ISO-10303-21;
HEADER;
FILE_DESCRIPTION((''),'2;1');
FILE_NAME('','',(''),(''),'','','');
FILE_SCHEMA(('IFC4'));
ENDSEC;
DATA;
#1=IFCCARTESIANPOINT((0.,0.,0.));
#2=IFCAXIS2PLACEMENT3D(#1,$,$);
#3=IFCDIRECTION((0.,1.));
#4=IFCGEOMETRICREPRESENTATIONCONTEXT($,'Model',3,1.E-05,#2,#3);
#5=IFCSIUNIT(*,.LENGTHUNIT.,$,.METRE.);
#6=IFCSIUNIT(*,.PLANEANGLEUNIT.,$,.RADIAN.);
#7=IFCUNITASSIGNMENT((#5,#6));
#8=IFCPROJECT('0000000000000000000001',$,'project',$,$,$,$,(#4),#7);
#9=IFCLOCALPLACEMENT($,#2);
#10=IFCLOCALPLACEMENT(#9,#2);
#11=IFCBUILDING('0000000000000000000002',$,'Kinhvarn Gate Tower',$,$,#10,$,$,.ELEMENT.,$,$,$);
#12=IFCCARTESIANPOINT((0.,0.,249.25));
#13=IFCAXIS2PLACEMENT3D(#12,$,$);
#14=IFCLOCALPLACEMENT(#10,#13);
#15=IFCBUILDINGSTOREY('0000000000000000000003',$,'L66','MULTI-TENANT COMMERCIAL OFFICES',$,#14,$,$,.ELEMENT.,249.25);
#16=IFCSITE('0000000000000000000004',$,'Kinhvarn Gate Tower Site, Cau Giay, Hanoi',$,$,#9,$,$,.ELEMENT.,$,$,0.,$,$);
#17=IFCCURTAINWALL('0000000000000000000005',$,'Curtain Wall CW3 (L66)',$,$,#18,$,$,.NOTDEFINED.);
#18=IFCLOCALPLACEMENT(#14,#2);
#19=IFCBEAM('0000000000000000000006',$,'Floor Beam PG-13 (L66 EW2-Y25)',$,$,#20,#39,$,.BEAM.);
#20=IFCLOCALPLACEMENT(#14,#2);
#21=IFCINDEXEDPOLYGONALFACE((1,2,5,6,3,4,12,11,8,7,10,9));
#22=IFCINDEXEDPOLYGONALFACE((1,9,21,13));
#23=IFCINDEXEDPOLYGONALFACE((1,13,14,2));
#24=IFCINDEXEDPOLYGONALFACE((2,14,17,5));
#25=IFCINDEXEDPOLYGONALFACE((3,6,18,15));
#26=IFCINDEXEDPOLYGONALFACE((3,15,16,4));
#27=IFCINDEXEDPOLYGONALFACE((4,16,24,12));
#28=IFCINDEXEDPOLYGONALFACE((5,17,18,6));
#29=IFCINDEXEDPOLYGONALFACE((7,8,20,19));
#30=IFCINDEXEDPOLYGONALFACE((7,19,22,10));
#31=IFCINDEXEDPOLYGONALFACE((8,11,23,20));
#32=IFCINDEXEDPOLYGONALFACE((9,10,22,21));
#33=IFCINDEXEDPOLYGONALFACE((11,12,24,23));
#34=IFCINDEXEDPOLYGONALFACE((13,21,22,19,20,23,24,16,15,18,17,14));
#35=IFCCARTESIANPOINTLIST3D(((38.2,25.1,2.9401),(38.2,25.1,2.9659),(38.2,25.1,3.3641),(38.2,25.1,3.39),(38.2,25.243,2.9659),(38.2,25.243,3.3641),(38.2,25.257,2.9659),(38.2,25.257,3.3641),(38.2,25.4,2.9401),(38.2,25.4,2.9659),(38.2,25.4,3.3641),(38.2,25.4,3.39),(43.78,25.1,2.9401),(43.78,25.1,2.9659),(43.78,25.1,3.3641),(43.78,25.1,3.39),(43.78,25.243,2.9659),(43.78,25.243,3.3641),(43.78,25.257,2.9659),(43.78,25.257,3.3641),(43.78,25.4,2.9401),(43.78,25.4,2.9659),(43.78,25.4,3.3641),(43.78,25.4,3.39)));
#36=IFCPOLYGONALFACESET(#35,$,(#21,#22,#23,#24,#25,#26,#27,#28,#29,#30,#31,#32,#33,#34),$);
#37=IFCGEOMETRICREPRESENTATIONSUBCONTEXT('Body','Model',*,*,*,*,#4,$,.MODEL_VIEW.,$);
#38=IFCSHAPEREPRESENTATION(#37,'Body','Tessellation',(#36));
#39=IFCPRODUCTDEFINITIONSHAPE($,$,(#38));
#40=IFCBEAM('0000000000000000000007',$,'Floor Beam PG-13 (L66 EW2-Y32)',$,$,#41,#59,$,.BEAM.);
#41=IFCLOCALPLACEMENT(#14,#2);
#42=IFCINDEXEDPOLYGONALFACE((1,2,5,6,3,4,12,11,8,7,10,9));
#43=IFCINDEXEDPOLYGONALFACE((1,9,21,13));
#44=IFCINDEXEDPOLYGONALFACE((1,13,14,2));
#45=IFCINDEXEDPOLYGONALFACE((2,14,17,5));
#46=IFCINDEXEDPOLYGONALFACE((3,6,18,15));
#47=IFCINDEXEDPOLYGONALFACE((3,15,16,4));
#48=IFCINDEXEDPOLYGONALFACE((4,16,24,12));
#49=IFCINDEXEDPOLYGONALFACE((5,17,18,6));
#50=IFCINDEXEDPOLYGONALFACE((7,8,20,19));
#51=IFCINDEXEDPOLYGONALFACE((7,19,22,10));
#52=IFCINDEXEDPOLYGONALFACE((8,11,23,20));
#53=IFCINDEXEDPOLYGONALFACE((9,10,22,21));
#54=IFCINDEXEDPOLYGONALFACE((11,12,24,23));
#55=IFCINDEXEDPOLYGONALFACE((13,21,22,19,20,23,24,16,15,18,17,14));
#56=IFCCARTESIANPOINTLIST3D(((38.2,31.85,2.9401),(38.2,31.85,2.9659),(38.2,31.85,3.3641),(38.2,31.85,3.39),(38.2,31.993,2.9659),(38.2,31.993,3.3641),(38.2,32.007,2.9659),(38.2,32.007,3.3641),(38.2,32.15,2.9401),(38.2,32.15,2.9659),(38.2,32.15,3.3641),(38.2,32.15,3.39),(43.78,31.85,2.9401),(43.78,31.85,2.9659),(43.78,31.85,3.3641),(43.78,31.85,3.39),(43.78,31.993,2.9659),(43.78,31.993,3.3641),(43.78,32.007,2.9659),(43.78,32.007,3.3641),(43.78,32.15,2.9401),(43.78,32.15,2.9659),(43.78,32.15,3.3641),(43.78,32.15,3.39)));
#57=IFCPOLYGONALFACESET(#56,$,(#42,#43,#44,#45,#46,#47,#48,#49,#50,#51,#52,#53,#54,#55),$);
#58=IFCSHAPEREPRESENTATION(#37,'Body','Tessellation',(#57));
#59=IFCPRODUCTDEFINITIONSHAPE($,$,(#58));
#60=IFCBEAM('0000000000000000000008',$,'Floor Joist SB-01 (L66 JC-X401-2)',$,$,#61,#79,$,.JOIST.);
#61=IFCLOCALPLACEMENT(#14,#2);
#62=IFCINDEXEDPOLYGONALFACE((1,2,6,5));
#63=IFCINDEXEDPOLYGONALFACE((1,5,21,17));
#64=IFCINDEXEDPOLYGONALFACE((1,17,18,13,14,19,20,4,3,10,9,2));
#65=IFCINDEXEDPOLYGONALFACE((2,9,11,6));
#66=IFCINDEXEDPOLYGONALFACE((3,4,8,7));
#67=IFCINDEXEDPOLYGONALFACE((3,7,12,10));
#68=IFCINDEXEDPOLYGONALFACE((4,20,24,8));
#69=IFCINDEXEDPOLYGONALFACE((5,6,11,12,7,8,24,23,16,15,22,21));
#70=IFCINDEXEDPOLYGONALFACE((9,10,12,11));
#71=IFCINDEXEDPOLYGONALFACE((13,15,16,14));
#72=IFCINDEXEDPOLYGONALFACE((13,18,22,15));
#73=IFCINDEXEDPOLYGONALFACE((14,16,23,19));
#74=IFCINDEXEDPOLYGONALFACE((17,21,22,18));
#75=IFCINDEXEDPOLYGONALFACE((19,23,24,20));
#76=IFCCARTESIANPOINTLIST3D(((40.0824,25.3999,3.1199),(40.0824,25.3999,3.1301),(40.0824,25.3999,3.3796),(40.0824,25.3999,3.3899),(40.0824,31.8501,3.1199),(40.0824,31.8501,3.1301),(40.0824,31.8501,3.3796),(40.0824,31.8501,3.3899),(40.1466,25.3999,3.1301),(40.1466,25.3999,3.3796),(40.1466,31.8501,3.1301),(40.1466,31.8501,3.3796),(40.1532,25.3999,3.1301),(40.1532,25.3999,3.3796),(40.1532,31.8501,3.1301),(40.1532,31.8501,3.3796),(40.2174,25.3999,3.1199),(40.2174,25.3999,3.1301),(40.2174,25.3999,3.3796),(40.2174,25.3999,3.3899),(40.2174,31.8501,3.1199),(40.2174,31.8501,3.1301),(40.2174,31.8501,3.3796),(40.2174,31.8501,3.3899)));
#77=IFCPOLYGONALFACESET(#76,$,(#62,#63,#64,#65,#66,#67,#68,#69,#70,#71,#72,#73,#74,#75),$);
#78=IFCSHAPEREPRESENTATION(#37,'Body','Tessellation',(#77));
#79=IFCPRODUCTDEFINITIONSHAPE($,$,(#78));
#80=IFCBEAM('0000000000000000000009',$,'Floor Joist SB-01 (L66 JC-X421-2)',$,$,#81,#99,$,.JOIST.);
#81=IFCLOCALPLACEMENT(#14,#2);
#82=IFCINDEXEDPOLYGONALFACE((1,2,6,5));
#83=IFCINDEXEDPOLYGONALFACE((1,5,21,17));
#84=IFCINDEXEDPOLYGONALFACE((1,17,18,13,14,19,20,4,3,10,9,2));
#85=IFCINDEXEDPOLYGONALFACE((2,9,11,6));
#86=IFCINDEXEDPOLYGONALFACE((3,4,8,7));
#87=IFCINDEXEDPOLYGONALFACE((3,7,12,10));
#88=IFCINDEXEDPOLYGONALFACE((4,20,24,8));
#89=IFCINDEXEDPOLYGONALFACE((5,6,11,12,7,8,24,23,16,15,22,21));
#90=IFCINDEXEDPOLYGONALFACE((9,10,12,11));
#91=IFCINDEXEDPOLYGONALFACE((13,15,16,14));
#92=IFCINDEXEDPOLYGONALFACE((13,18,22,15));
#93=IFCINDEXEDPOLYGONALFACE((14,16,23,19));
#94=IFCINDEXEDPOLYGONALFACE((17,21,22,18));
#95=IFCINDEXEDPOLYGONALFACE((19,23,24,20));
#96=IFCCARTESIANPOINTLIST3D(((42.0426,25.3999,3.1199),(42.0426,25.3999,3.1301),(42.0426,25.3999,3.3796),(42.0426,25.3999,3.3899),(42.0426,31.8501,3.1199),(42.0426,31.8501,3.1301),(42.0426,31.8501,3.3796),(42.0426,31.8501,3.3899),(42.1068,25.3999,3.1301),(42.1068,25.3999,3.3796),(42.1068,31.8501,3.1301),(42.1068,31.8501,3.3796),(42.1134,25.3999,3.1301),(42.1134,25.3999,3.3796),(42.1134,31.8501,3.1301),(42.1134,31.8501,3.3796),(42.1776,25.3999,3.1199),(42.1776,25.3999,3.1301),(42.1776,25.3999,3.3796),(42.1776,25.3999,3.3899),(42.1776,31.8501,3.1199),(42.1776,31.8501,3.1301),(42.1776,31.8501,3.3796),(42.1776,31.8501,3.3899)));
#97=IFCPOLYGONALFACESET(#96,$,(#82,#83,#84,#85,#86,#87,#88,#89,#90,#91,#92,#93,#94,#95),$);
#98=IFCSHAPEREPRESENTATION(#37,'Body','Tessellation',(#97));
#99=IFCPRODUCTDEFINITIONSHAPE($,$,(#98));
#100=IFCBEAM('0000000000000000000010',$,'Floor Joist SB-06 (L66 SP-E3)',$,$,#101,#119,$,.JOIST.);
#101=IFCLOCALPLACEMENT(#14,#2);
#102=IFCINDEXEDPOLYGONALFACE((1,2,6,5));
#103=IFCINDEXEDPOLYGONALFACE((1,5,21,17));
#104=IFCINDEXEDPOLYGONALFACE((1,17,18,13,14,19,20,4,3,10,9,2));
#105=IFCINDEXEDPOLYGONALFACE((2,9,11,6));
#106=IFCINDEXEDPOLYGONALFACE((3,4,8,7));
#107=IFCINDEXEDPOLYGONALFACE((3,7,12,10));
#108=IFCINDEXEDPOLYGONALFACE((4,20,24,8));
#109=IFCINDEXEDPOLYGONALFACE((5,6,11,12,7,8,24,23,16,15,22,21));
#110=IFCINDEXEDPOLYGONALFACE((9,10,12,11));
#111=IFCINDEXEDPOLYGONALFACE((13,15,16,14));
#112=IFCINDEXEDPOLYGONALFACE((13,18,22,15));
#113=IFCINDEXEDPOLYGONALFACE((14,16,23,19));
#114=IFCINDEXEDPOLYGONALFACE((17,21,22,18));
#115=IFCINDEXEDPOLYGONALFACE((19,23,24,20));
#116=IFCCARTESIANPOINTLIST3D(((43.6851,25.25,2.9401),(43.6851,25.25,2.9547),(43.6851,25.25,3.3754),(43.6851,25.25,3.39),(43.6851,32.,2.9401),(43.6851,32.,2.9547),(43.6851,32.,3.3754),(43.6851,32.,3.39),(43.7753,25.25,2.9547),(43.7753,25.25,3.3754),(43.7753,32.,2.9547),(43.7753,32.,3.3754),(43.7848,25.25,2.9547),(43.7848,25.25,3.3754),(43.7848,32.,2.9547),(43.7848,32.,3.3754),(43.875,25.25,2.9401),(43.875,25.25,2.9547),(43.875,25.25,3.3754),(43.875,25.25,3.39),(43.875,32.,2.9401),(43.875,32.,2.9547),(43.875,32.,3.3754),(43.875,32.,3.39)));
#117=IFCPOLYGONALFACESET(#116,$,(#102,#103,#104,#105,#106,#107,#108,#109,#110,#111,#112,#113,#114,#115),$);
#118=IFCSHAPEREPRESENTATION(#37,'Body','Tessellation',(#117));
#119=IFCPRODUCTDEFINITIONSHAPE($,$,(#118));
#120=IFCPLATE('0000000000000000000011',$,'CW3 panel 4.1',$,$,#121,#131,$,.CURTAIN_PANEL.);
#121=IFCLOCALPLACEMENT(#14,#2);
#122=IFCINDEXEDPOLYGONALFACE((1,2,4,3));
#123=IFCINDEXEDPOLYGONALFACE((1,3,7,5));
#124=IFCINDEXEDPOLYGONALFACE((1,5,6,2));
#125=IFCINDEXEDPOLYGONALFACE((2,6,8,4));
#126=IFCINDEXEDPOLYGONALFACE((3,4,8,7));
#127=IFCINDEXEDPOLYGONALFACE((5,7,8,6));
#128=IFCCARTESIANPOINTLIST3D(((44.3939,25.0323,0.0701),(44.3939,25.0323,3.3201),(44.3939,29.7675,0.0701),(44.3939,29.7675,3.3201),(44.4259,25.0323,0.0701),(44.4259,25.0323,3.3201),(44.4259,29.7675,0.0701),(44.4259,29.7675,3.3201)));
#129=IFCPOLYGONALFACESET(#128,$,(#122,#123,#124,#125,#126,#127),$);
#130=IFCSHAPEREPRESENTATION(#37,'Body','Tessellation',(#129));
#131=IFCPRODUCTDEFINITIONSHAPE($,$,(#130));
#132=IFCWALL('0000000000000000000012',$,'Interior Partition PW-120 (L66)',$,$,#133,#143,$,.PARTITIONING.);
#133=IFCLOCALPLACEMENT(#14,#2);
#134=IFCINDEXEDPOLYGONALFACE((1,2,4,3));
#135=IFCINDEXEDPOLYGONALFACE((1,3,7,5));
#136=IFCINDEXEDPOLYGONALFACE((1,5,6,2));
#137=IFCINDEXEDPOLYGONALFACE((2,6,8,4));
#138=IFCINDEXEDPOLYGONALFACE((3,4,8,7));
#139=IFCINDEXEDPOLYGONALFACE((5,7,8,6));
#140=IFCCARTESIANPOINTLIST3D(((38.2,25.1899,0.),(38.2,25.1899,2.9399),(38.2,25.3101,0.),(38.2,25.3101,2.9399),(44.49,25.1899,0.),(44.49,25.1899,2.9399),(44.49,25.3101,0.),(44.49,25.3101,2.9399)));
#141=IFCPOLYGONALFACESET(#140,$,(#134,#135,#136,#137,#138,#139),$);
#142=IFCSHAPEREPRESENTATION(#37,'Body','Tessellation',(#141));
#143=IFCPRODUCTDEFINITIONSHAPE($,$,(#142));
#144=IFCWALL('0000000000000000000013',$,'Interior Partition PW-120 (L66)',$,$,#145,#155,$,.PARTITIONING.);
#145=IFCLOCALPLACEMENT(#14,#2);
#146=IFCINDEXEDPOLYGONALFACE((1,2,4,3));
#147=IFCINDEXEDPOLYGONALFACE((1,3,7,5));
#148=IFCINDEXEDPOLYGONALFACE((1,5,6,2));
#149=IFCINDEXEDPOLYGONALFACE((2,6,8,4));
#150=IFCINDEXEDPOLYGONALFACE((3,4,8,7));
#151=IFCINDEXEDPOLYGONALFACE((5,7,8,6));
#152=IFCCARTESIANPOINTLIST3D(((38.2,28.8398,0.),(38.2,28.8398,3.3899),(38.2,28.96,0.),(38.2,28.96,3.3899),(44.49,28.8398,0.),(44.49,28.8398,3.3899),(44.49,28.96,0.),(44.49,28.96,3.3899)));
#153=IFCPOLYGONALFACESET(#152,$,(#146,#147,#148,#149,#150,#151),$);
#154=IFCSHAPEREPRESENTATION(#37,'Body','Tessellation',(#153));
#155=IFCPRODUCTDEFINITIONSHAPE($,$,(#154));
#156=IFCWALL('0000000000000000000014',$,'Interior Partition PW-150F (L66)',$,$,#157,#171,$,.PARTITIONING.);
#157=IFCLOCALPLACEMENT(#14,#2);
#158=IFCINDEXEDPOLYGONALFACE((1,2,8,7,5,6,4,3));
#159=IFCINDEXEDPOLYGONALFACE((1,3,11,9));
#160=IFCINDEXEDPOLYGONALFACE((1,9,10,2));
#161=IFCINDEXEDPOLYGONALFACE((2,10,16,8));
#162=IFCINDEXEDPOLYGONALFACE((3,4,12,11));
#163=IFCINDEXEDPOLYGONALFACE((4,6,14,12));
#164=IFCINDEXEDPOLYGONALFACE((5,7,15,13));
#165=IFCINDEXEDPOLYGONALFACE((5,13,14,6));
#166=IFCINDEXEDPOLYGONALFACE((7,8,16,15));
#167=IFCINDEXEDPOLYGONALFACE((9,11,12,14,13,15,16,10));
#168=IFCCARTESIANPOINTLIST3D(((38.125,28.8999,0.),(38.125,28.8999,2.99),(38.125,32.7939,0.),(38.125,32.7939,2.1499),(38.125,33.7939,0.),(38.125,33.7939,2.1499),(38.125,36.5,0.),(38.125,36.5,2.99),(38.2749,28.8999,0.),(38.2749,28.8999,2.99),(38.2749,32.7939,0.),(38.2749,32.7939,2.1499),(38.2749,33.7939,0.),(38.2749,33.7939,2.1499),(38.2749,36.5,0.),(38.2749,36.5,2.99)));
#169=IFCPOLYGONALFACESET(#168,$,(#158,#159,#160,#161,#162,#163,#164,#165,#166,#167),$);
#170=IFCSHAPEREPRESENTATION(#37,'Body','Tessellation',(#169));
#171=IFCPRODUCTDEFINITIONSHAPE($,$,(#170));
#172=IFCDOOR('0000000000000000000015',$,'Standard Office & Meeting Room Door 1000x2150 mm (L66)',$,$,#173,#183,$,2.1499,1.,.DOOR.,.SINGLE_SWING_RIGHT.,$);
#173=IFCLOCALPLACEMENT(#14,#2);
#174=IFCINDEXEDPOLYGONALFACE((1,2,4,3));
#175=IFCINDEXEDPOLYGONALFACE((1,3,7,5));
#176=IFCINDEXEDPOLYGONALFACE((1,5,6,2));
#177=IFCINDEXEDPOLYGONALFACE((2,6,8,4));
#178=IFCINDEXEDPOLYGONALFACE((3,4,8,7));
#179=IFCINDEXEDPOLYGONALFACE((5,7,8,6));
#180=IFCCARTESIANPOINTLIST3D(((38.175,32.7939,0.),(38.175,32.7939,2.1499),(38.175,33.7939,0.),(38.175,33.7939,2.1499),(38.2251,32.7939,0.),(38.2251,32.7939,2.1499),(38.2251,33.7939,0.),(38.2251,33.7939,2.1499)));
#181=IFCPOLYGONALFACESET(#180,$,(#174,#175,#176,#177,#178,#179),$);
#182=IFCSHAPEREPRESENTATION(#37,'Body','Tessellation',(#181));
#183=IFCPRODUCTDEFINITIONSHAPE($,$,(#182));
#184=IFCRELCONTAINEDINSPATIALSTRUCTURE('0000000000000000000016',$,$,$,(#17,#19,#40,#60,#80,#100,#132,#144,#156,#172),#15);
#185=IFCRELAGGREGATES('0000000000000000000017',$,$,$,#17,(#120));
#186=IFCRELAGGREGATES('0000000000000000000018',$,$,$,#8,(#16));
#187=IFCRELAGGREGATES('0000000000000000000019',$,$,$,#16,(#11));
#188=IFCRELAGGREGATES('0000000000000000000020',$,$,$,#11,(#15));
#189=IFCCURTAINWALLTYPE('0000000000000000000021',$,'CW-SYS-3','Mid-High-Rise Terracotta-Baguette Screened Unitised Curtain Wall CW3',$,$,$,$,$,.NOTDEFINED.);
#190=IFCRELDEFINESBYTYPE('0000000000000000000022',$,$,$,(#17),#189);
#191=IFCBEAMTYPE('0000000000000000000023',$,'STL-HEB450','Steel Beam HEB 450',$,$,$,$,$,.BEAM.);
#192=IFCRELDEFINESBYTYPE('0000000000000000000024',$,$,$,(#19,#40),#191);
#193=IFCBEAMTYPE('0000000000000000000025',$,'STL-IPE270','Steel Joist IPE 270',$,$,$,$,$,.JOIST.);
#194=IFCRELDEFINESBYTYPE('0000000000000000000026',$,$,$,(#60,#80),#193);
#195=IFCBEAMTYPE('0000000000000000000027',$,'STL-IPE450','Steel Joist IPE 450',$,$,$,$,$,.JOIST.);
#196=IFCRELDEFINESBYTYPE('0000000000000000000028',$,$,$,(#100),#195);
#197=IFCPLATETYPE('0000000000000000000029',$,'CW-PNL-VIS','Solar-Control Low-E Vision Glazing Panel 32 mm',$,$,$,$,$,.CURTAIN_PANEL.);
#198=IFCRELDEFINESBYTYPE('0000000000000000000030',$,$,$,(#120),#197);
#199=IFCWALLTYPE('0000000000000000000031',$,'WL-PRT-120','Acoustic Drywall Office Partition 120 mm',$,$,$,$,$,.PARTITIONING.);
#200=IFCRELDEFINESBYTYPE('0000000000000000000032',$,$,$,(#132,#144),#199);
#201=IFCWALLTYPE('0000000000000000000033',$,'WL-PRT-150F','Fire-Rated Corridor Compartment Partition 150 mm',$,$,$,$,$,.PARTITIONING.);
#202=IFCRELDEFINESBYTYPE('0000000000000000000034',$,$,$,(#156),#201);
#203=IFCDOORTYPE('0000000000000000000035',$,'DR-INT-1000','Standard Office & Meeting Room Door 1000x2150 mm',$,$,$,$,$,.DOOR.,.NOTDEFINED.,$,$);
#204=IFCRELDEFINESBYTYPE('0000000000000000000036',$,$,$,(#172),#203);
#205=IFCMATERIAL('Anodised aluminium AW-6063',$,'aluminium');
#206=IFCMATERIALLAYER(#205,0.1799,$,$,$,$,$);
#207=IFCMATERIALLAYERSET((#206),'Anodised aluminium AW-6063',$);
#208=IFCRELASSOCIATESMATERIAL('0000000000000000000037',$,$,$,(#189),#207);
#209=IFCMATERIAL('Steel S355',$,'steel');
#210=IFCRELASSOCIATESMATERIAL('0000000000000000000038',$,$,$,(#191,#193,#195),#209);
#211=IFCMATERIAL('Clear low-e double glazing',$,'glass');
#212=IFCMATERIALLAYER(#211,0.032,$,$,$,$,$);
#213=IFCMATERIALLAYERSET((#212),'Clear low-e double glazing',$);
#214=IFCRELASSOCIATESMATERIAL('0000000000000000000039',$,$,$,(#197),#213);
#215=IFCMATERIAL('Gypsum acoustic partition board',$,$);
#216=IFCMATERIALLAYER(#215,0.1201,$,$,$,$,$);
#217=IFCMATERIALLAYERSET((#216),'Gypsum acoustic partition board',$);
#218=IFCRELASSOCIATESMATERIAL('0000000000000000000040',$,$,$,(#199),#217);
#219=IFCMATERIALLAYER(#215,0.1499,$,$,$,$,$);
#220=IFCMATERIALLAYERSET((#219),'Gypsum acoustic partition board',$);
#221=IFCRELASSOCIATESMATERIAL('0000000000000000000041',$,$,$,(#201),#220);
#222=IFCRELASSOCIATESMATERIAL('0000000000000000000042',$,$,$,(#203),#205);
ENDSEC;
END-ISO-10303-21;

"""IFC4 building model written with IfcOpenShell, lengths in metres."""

from ifc_helpers import new_model, si_unit, direction, frame, frame_2d, origin, origin_2d, place, context, subcontext, project, spatial, rectangle, i_section, extrude, material, layer, layer_set, material_profile, profile_set, type_object, element, fill, aggregate, save


model = new_model("IFC4")

# Units and contexts
model_context = context("Model", 3, precision=1e-05, world=origin(), true_north=direction((0.0, 1.0)))
body_context = subcontext(model_context, "Body", "Model", "MODEL_VIEW")
ifc_project = project(units=[si_unit("LENGTHUNIT", "METRE"), si_unit("PLANEANGLEUNIT", "RADIAN")], contexts=[model_context])

# Site, building, storey
site_placement = place(None, origin())
site = spatial("IfcSite", under=ifc_project, at=site_placement, Name="Kinhvarn Gate Tower Site, Cau Giay, Hanoi", CompositionType="ELEMENT", RefElevation=0.0)
building_placement = place(site_placement, origin())
building = spatial("IfcBuilding", under=site, at=building_placement, Name="Kinhvarn Gate Tower", CompositionType="ELEMENT")
storey_placement = place(building_placement, frame((0.0, 0.0, 249.25)))
storey = spatial("IfcBuildingStorey", under=building, at=storey_placement, Name="L66", Description="MULTI-TENANT COMMERCIAL OFFICES", CompositionType="ELEMENT", Elevation=249.25)

# Curtain wall
ifc_material_1 = material(Name="Anodised aluminium AW-6063", Category="aluminium")
ifc_layer_1 = layer(ifc_material_1, 0.1799)
ifc_layer_set_1 = layer_set([ifc_layer_1], Name="Anodised aluminium AW-6063")
curtain_wall_type = type_object("IfcCurtainWallType", Name="CW-SYS-3", Description="Mid-High-Rise Terracotta-Baguette Screened Unitised Curtain Wall CW3", PredefinedType="NOTDEFINED", material=ifc_layer_set_1)
curtain_wall_placement = place(storey_placement, origin())
curtain_wall = element("IfcCurtainWall", 1, at=curtain_wall_placement, inside=storey, type_object=curtain_wall_type, Name="Curtain Wall CW3 (L66)", PredefinedType="NOTDEFINED")

# Beams
ifc_material_2 = material(Name="Steel S355", Category="steel")
ifc_material_profile_1 = material_profile(ifc_material_2, i_section(OverallWidth=0.3, OverallDepth=0.45, WebThickness=0.0139, FlangeThickness=0.0259, at=origin_2d()), Name="HEB 450")
ifc_profile_set_1 = profile_set([ifc_material_profile_1], Name="Steel S355")
beam_type_1 = type_object("IfcBeamType", Name="STL-HEB450", Description="Steel Beam HEB 450", PredefinedType="BEAM", material=ifc_profile_set_1)
for number, where, z_axis, x_axis, name in (
    (2, (38.2, 25.25, 3.165), (1.0, 0.0, 0.0), (0.0, 1.0, 0.0), "Floor Beam PG-13 (L66 EW2-Y25)"),
    (3, (38.2, 32.0, 3.165), (1.0, 0.0, 0.0), (0.0, 1.0, 0.0), "Floor Beam PG-13 (L66 EW2-Y32)"),
):
    element("IfcBeam", number, at=place(storey_placement, frame(where, z_axis=z_axis, x_axis=x_axis)), inside=storey, type_object=beam_type_1, Name=name, PredefinedType="BEAM", context=body_context, shape_type="SweptSolid", body=[
        extrude(i_section(OverallWidth=0.3, OverallDepth=0.45, WebThickness=0.0139, FlangeThickness=0.0259, at=origin_2d()), origin(), (0.0, 0.0, 1.0), 5.5801),
    ])
ifc_material_profile_2 = material_profile(ifc_material_2, i_section(OverallWidth=0.135, OverallDepth=0.27, WebThickness=0.0066, FlangeThickness=0.0103, at=origin_2d()), Name="IPE 270")
ifc_profile_set_2 = profile_set([ifc_material_profile_2], Name="Steel S355")
beam_type_2 = type_object("IfcBeamType", Name="STL-IPE270", Description="Steel Joist IPE 270", PredefinedType="JOIST", material=ifc_profile_set_2)
for number, where, z_axis, x_axis, name in (
    (4, (40.1499, 25.3999, 3.2549), (0.0, 1.0, 0.0), (-1.0, 0.0, 0.0), "Floor Joist SB-01 (L66 JC-X401-2)"),
    (5, (42.1101, 25.3999, 3.2549), (0.0, 1.0, 0.0), (-1.0, 0.0, 0.0), "Floor Joist SB-01 (L66 JC-X421-2)"),
):
    element("IfcBeam", number, at=place(storey_placement, frame(where, z_axis=z_axis, x_axis=x_axis)), inside=storey, type_object=beam_type_2, Name=name, PredefinedType="JOIST", context=body_context, shape_type="SweptSolid", body=[
        extrude(i_section(OverallWidth=0.135, OverallDepth=0.27, WebThickness=0.0066, FlangeThickness=0.0103, at=origin_2d()), origin(), (0.0, 0.0, 1.0), 6.4502),
    ])
ifc_material_profile_3 = material_profile(ifc_material_2, i_section(OverallWidth=0.1899, OverallDepth=0.45, WebThickness=0.0095, FlangeThickness=0.0146, at=origin_2d()), Name="IPE 450")
ifc_profile_set_3 = profile_set([ifc_material_profile_3], Name="Steel S355")
beam_type_3 = type_object("IfcBeamType", Name="STL-IPE450", Description="Steel Joist IPE 450", PredefinedType="JOIST", material=ifc_profile_set_3)
beam_1_placement = place(storey_placement, frame((43.78, 25.25, 3.165), z_axis=(0.0, 1.0, 0.0), x_axis=(-1.0, 0.0, 0.0)))
element("IfcBeam", 6, at=beam_1_placement, inside=storey, type_object=beam_type_3, Name="Floor Joist SB-06 (L66 SP-E3)", PredefinedType="JOIST", context=body_context, shape_type="SweptSolid", body=[
    extrude(i_section(OverallWidth=0.1899, OverallDepth=0.45, WebThickness=0.0095, FlangeThickness=0.0146, at=origin_2d()), origin(), (0.0, 0.0, 1.0), 6.75),
])

# Plate
ifc_material_3 = material(Name="Clear low-e double glazing", Category="glass")
ifc_layer_2 = layer(ifc_material_3, 0.032)
ifc_layer_set_2 = layer_set([ifc_layer_2], Name="Clear low-e double glazing")
plate_type = type_object("IfcPlateType", Name="CW-PNL-VIS", Description="Solar-Control Low-E Vision Glazing Panel 32 mm", PredefinedType="CURTAIN_PANEL", material=ifc_layer_set_2)
plate_placement = place(storey_placement, frame((44.4099, 27.3999, 0.0701), z_axis=(0.0, 0.0, 1.0), x_axis=(0.0, 1.0, 0.0)))
plate = element("IfcPlate", 7, at=plate_placement, type_object=plate_type, Name="CW3 panel 4.1", PredefinedType="CURTAIN_PANEL", context=body_context, shape_type="SweptSolid", body=[
    extrude(rectangle(XDim=4.7351, YDim=0.032, at=origin_2d()), origin(), (0.0, 0.0, 1.0), 3.25),
])
aggregate(curtain_wall, [plate])

# Walls
ifc_material_4 = material(Name="Gypsum acoustic partition board")
ifc_layer_3 = layer(ifc_material_4, 0.1201)
ifc_layer_set_3 = layer_set([ifc_layer_3], Name="Gypsum acoustic partition board")
wall_type_1 = type_object("IfcWallType", Name="WL-PRT-120", Description="Acoustic Drywall Office Partition 120 mm", PredefinedType="PARTITIONING", material=ifc_layer_set_3)
wall_1_placement = place(storey_placement, frame((38.2, 25.25, 0.0), z_axis=(0.0, 0.0, 1.0), x_axis=(1.0, 0.0, 0.0)))
element("IfcWall", 8, at=wall_1_placement, inside=storey, type_object=wall_type_1, Name="Interior Partition PW-120 (L66)", PredefinedType="PARTITIONING", context=body_context, shape_type="SweptSolid", body=[
    extrude(rectangle(XDim=6.29, YDim=0.1201, at=frame_2d((3.145, 0.0))), origin(), (0.0, 0.0, 1.0), 2.9399),
])
wall_2_placement = place(storey_placement, frame((38.2, 28.8999, 0.0), z_axis=(0.0, 0.0, 1.0), x_axis=(1.0, 0.0, 0.0)))
element("IfcWall", 9, at=wall_2_placement, inside=storey, type_object=wall_type_1, Name="Interior Partition PW-120 (L66)", PredefinedType="PARTITIONING", context=body_context, shape_type="SweptSolid", body=[
    extrude(rectangle(XDim=6.29, YDim=0.1201, at=frame_2d((3.145, 0.0))), origin(), (0.0, 0.0, 1.0), 3.3899),
])

# Wall, opening, door
ifc_layer_4 = layer(ifc_material_4, 0.1499)
ifc_layer_set_4 = layer_set([ifc_layer_4], Name="Gypsum acoustic partition board")
wall_type_2 = type_object("IfcWallType", Name="WL-PRT-150F", Description="Fire-Rated Corridor Compartment Partition 150 mm", PredefinedType="PARTITIONING", material=ifc_layer_set_4)
door_type = type_object("IfcDoorType", Name="DR-INT-1000", Description="Standard Office & Meeting Room Door 1000x2150 mm", OperationType="NOTDEFINED", PredefinedType="DOOR", material=ifc_material_1)
wall_3_placement = place(storey_placement, frame((38.2, 28.8999, 0.0), z_axis=(0.0, 0.0, 1.0), x_axis=(0.0, 1.0, 0.0)))
wall_3 = element("IfcWall", 10, at=wall_3_placement, inside=storey, type_object=wall_type_2, Name="Interior Partition PW-150F (L66)", PredefinedType="PARTITIONING", context=body_context, shape_type="SweptSolid", body=[
    extrude(rectangle(XDim=7.6001, YDim=0.1499, at=frame_2d((3.8, 0.0))), origin(), (0.0, 0.0, 1.0), 2.99),
])
opening_1_placement = place(wall_3_placement, frame((3.894, 0.0, 0.0)))
opening_1 = element("IfcOpeningElement", 11, at=opening_1_placement, cuts=wall_3, PredefinedType="OPENING", context=body_context, shape_type="SweptSolid", body=[
    extrude(rectangle(XDim=1.0, YDim=2.1499, at=frame_2d((0.5, 1.075))), frame((0.0, 0.085, 0.0), z_axis=(0.0, -1.0, 0.0), x_axis=(1.0, 0.0, 0.0)), (0.0, 0.0, 1.0), 0.1699),
])
door_1_placement = place(opening_1_placement, origin())
door_1 = element("IfcDoor", 12, at=door_1_placement, inside=storey, type_object=door_type, Name="Standard Office & Meeting Room Door 1000x2150 mm (L66)", OperationType="SINGLE_SWING_RIGHT", OverallHeight=2.1499, OverallWidth=1.0, PredefinedType="DOOR", context=body_context, shape_type="SweptSolid", body=[
    extrude(rectangle(XDim=1.0, YDim=2.1499, at=frame_2d((0.5, 1.075))), frame((0.0, 0.0249, 0.0), z_axis=(0.0, -1.0, 0.0), x_axis=(1.0, 0.0, 0.0)), (0.0, 0.0, 1.0), 0.05),
])
fill(opening_1, door_1)

save(model, "model.ifc")
